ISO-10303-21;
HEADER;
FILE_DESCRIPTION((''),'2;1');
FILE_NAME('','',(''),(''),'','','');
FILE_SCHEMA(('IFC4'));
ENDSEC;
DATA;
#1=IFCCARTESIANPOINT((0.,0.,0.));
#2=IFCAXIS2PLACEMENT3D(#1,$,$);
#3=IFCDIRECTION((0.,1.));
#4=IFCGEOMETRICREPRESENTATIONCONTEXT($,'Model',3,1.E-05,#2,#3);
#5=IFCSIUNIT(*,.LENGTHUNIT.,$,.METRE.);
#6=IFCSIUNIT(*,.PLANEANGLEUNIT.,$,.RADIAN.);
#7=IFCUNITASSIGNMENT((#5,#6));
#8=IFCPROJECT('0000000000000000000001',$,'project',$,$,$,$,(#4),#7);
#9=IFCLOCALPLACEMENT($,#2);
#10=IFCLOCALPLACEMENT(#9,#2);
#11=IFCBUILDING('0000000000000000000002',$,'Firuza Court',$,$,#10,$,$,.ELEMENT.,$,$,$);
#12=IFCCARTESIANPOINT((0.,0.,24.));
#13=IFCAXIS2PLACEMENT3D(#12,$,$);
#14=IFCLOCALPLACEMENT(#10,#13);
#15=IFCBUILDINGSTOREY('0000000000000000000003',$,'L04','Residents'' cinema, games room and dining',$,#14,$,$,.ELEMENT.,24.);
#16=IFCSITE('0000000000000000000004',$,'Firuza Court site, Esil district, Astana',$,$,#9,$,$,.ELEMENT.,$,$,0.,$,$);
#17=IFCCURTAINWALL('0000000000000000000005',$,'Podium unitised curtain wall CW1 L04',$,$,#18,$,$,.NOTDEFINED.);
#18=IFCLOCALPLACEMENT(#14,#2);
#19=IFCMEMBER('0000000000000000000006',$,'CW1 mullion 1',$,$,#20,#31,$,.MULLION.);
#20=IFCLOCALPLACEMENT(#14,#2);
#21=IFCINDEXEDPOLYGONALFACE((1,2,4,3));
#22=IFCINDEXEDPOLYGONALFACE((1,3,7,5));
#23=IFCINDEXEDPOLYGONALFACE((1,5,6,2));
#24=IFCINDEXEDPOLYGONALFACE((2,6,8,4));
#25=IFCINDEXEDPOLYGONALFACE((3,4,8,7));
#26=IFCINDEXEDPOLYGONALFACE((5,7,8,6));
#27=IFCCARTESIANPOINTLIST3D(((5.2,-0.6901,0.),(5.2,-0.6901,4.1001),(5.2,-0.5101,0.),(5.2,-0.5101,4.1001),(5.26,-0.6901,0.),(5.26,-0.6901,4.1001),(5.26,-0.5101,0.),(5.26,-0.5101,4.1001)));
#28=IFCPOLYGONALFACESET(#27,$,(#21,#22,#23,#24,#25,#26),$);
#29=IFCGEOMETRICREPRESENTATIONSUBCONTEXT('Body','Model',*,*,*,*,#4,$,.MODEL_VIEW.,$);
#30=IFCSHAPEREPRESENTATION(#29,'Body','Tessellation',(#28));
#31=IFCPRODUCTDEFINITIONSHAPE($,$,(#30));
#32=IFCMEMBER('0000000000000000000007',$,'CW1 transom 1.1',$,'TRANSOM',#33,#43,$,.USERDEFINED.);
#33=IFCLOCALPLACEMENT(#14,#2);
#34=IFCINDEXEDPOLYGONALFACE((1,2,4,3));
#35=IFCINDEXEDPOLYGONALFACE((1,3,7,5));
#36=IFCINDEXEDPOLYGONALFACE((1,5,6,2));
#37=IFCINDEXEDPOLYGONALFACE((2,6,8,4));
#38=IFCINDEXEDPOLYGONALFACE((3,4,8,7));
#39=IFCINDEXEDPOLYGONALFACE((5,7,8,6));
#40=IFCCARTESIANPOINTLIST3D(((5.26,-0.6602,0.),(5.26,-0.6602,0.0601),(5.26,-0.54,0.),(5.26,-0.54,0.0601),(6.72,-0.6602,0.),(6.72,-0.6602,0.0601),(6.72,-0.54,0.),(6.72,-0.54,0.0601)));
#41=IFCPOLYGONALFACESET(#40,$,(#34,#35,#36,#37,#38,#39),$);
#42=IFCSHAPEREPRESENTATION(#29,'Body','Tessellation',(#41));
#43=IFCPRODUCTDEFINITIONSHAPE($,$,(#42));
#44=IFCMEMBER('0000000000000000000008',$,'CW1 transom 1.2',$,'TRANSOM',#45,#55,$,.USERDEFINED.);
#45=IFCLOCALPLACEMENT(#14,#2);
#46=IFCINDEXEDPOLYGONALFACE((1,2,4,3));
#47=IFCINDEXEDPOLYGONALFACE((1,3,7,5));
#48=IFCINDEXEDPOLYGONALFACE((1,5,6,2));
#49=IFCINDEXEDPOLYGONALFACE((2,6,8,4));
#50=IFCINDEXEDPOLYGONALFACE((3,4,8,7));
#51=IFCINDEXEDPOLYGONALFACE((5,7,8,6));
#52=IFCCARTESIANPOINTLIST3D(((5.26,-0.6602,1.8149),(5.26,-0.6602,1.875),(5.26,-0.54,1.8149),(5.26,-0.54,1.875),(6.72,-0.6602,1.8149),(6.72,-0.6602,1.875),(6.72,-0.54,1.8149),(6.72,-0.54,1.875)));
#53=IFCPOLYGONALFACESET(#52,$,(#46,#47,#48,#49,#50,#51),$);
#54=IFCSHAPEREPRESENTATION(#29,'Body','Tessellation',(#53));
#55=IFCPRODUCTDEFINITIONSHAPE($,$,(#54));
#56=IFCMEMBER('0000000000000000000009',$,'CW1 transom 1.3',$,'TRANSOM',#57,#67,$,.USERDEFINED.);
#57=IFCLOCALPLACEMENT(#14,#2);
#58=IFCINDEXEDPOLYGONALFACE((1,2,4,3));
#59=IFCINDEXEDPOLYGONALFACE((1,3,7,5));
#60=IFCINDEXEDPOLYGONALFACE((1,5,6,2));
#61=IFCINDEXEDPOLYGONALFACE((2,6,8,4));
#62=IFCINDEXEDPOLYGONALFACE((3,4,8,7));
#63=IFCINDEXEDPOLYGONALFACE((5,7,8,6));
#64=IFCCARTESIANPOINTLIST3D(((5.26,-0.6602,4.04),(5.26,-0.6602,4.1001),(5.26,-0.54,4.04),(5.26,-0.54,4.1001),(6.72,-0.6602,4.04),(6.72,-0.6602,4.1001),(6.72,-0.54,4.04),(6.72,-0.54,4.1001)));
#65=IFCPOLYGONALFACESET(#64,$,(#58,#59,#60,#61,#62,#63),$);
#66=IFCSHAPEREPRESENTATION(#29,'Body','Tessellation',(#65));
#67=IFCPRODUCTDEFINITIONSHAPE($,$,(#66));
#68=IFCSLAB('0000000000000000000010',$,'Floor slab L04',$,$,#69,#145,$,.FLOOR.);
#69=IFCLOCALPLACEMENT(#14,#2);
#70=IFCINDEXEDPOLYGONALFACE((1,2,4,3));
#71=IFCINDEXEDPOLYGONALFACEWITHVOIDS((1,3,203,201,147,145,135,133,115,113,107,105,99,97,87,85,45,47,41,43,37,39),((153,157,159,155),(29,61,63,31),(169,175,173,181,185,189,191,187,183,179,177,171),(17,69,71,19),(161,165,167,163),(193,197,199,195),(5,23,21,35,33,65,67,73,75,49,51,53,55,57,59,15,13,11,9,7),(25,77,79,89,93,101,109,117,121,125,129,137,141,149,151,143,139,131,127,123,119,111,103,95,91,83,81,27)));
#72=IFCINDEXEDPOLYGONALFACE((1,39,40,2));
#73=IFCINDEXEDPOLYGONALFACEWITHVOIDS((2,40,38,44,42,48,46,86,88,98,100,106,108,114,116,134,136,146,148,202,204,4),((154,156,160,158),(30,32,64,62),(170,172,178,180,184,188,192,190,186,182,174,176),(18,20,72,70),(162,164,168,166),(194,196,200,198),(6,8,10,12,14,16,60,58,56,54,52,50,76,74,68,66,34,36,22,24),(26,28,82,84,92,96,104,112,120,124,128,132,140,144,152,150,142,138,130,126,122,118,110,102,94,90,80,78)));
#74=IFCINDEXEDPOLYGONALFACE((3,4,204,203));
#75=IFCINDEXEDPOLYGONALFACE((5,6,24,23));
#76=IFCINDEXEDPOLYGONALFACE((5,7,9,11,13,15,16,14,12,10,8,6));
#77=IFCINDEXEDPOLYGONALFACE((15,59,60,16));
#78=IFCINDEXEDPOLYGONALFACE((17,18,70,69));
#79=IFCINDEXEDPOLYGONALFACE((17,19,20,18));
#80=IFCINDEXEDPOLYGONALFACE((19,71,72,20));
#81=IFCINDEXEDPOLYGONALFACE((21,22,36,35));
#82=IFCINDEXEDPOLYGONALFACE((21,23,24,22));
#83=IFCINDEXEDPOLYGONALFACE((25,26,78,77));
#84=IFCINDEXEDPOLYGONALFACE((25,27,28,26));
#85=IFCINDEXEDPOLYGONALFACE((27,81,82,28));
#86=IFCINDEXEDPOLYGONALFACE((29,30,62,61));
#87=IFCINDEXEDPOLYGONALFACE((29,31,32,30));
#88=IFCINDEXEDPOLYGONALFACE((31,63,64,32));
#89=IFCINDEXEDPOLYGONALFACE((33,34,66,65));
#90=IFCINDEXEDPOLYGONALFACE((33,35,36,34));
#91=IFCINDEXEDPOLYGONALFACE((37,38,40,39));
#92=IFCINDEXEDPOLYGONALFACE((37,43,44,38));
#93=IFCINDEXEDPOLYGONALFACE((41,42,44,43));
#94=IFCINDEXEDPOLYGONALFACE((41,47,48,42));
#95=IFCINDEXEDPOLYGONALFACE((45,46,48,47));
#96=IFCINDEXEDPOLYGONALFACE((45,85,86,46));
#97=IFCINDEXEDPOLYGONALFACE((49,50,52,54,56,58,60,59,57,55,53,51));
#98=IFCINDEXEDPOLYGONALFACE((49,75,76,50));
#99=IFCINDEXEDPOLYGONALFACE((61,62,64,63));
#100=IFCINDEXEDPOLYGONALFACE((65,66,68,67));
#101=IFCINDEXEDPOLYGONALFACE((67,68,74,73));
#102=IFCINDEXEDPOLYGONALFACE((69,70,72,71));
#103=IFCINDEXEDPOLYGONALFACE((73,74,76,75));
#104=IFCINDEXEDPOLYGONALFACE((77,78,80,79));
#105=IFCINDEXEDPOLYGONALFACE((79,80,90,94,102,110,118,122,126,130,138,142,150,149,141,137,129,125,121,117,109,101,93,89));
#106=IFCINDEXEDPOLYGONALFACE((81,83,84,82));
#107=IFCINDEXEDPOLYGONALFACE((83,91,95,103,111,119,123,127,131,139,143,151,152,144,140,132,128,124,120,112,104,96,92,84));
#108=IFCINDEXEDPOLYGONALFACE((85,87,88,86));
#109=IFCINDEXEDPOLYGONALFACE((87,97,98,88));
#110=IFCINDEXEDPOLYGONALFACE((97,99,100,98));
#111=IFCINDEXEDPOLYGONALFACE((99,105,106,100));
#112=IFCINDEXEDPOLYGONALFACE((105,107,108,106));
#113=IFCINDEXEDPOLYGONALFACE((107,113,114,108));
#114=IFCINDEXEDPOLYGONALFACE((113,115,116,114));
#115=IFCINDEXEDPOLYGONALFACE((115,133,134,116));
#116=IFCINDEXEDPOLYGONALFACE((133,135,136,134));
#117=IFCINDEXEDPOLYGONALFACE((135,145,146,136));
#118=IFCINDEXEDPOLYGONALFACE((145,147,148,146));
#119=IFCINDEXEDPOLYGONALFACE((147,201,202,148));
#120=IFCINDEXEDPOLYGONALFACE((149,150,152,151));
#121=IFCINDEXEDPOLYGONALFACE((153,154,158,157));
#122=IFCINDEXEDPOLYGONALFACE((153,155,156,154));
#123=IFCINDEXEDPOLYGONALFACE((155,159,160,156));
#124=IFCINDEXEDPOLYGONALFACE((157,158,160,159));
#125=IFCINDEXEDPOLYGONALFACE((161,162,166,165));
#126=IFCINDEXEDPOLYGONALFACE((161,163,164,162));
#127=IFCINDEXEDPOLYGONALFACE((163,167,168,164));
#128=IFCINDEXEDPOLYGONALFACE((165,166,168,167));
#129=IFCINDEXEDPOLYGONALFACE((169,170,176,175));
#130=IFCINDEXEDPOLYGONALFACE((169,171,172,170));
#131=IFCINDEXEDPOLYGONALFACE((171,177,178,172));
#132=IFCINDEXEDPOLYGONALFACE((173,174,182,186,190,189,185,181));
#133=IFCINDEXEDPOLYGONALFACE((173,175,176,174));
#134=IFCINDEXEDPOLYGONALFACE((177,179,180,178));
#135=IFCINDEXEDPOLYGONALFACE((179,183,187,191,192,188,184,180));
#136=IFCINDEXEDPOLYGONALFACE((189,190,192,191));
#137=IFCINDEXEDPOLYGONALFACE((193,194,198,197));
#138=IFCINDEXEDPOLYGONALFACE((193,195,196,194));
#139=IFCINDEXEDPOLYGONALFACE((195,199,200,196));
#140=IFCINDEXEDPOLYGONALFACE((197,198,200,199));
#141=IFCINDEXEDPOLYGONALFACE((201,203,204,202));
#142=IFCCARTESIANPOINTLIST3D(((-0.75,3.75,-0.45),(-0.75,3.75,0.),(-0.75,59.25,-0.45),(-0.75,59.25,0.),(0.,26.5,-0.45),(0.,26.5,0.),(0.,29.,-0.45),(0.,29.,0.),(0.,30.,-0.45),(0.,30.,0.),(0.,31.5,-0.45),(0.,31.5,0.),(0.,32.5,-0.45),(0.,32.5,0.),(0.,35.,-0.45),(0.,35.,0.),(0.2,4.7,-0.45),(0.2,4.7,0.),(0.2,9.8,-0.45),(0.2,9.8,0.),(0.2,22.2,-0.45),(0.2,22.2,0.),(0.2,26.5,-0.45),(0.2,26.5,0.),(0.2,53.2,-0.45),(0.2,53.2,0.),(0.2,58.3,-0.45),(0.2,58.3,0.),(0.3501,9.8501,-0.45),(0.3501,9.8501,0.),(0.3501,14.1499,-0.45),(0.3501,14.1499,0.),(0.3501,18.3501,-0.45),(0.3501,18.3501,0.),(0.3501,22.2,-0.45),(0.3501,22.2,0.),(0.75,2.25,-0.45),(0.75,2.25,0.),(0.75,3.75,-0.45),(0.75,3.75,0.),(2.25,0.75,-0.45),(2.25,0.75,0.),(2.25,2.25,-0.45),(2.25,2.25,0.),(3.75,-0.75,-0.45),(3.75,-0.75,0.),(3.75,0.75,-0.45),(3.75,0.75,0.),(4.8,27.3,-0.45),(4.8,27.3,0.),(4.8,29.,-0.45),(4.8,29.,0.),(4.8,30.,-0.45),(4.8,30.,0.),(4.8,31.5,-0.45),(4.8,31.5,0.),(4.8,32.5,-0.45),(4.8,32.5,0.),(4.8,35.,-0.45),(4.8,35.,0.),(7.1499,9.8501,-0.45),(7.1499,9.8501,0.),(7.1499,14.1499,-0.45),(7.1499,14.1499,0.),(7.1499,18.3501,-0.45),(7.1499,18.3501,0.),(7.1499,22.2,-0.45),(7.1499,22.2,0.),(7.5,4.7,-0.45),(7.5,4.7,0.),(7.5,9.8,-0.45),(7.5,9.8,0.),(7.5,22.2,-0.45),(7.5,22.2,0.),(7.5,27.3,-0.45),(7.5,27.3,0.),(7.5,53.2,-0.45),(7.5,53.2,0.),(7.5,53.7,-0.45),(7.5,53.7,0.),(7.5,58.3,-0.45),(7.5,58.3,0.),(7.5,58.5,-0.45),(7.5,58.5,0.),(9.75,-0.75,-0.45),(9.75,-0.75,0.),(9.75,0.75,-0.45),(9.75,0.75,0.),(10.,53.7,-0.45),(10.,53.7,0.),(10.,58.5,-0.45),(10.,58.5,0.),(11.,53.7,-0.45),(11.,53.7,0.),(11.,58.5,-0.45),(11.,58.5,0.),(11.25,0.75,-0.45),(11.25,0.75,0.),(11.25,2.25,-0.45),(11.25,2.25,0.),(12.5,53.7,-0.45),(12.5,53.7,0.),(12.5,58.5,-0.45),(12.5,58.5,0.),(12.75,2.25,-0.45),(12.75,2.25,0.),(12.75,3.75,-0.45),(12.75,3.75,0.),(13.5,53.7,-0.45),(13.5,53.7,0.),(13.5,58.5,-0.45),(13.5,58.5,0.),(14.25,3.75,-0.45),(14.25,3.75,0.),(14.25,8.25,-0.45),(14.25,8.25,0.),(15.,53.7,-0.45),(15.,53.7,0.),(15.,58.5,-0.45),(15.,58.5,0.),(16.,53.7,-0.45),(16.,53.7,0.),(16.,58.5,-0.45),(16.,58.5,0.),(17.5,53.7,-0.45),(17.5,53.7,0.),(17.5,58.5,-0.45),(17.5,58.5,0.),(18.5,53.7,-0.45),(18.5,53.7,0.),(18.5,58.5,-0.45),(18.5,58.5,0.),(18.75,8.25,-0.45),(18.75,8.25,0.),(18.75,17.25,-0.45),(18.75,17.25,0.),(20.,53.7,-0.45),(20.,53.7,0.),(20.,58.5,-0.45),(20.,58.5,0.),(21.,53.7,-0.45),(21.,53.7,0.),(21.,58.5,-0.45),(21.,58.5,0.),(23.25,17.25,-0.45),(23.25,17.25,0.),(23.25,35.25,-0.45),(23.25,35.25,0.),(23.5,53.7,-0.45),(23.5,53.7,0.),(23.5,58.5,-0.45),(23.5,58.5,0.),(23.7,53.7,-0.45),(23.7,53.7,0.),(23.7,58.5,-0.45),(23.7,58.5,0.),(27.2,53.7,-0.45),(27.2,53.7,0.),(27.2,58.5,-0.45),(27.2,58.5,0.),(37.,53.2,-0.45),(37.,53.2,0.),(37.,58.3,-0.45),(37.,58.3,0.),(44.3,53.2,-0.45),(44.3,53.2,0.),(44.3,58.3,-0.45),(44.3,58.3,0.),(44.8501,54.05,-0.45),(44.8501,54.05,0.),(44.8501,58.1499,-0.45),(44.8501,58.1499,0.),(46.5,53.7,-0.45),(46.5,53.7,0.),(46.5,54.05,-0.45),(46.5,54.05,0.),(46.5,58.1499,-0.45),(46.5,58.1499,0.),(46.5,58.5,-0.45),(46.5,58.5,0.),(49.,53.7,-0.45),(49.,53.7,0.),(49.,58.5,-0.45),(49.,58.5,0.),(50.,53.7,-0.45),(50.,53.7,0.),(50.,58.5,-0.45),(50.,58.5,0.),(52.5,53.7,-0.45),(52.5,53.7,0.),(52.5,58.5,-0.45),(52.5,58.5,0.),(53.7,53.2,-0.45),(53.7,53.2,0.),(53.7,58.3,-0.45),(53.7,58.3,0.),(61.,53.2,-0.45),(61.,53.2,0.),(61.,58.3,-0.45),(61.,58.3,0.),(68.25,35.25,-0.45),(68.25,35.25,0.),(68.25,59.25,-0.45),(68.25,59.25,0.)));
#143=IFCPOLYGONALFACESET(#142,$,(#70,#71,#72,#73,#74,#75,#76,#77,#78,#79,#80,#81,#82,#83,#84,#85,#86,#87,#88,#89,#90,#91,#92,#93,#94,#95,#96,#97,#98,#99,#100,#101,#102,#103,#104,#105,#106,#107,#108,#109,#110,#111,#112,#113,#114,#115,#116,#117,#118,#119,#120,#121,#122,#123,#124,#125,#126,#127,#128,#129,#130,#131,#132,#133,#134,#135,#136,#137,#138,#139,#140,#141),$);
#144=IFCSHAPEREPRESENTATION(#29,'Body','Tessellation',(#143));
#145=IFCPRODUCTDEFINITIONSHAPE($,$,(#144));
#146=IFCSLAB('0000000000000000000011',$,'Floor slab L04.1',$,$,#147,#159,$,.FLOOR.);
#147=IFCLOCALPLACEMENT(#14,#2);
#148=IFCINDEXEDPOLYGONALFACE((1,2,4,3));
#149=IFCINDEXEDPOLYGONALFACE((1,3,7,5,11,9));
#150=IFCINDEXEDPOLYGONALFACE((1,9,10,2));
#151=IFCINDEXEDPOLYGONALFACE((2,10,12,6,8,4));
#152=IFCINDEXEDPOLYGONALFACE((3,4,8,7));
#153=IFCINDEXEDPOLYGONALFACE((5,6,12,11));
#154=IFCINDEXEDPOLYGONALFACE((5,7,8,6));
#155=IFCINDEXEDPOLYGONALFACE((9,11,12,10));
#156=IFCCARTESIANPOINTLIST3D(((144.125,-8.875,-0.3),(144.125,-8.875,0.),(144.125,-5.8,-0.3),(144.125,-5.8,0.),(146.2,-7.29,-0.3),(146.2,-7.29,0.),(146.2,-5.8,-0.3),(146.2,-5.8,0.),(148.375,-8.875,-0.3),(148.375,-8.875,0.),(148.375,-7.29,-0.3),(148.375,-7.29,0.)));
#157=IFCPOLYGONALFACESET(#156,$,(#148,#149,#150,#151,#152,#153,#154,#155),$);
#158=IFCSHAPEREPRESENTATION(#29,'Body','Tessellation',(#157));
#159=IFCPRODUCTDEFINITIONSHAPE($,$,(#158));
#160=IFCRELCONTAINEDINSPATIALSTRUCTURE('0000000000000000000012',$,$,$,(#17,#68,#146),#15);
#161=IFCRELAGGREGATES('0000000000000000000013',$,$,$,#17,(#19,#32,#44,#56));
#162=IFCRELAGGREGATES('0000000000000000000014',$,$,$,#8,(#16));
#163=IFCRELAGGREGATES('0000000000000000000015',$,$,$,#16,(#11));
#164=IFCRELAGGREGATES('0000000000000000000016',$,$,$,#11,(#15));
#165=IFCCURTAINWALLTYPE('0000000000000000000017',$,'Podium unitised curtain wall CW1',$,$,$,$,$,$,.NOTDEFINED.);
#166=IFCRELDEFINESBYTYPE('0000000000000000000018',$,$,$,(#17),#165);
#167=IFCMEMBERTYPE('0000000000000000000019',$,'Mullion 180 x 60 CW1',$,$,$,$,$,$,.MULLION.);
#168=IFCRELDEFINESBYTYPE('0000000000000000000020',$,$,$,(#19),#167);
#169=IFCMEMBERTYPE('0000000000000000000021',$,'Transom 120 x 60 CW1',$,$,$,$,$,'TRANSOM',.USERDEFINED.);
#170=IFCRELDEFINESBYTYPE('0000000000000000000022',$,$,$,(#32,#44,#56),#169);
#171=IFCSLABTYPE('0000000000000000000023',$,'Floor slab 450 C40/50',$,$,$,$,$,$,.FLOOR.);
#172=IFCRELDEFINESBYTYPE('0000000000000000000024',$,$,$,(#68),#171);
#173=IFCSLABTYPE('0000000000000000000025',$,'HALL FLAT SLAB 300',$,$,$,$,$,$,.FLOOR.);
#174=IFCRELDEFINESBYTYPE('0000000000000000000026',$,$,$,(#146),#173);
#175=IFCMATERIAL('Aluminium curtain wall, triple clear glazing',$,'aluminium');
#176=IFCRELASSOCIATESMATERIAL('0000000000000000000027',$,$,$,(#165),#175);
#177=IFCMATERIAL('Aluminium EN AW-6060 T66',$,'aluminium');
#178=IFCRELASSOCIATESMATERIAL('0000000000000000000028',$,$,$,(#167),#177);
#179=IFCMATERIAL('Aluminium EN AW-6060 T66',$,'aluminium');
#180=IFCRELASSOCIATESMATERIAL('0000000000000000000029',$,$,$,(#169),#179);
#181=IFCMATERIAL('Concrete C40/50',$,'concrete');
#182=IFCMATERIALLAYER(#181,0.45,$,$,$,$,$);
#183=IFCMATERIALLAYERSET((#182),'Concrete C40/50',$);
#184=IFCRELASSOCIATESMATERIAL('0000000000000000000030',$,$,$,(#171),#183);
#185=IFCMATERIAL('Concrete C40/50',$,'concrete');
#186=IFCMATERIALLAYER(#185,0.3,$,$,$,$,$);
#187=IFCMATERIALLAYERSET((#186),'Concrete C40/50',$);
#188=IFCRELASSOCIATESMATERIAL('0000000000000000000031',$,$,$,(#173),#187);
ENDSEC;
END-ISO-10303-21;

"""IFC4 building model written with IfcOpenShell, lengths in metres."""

from ifc_helpers import new_model, si_unit, direction, frame, origin, origin_2d, place, context, subcontext, project, spatial, polyline, rectangle, outline, extrude, material, layer, layer_set, material_profile, profile_set, type_object, element, aggregate, save


model = new_model("IFC4")

# Units and contexts
model_context = context("Model", 3, precision=1e-05, world=origin(), true_north=direction((0.0, 1.0)))
body_context = subcontext(model_context, "Body", "Model", "MODEL_VIEW")
ifc_project = project(units=[si_unit("LENGTHUNIT", "METRE"), si_unit("PLANEANGLEUNIT", "RADIAN")], contexts=[model_context])

# Site, building, storey
site_placement = place(None, origin())
site = spatial("IfcSite", under=ifc_project, at=site_placement, Name="Firuza Court site, Esil district, Astana", CompositionType="ELEMENT", RefElevation=0.0)
building_placement = place(site_placement, origin())
building = spatial("IfcBuilding", under=site, at=building_placement, Name="Firuza Court", CompositionType="ELEMENT")
storey_placement = place(building_placement, frame((0.0, 0.0, 24.0)))
storey = spatial("IfcBuildingStorey", under=building, at=storey_placement, Name="L04", Description="Residents' cinema, games room and dining", CompositionType="ELEMENT", Elevation=24.0)

# Curtain wall, members
ifc_material_1 = material(Name="Aluminium curtain wall, triple clear glazing", Category="aluminium")
curtain_wall_type = type_object("IfcCurtainWallType", Name="Podium unitised curtain wall CW1", PredefinedType="NOTDEFINED", material=ifc_material_1)
curtain_wall_placement = place(storey_placement, origin())
curtain_wall = element("IfcCurtainWall", 1, at=curtain_wall_placement, inside=storey, type_object=curtain_wall_type, Name="Podium unitised curtain wall CW1 L04", PredefinedType="NOTDEFINED")
ifc_material_2 = material(Name="Aluminium EN AW-6060 T66", Category="aluminium")
ifc_material_profile_1 = material_profile(ifc_material_2, rectangle(XDim=0.1799, YDim=0.0601, at=origin_2d()), Name="Mullion 180 x 60 CW1")
ifc_profile_set_1 = profile_set([ifc_material_profile_1], Name="Aluminium EN AW-6060 T66")
member_type_1 = type_object("IfcMemberType", Name="Mullion 180 x 60 CW1", PredefinedType="MULLION", material=ifc_profile_set_1)
member_1_placement = place(storey_placement, frame((5.23, -0.6001, 0.0), z_axis=(0.0, 0.0, 1.0), x_axis=(0.0, 1.0, 0.0)))
member_1 = element("IfcMember", 2, at=member_1_placement, type_object=member_type_1, Name="CW1 mullion 1", PredefinedType="MULLION", context=body_context, shape_type="SweptSolid", body=[
    extrude(rectangle(XDim=0.1799, YDim=0.0601, at=origin_2d()), origin(), (0.0, 0.0, 1.0), 4.1001),
])
ifc_material_3 = material(Name="Aluminium EN AW-6060 T66", Category="aluminium")
ifc_material_profile_2 = material_profile(ifc_material_3, rectangle(XDim=0.1201, YDim=0.0601, at=origin_2d()), Name="Transom 120 x 60 CW1")
ifc_profile_set_2 = profile_set([ifc_material_profile_2], Name="Aluminium EN AW-6060 T66")
member_type_2 = type_object("IfcMemberType", Name="Transom 120 x 60 CW1", ElementType="TRANSOM", PredefinedType="USERDEFINED", material=ifc_profile_set_2)
member_2_placement = place(storey_placement, frame((5.26, -0.6001, 0.03), z_axis=(1.0, 0.0, 0.0), x_axis=(0.0, 1.0, 0.0)))
member_2 = element("IfcMember", 3, at=member_2_placement, type_object=member_type_2, Name="CW1 transom 1.1", ObjectType="TRANSOM", PredefinedType="USERDEFINED", context=body_context, shape_type="SweptSolid", body=[
    extrude(rectangle(XDim=0.1201, YDim=0.0601, at=origin_2d()), origin(), (0.0, 0.0, 1.0), 1.46),
])
member_3_placement = place(storey_placement, frame((5.26, -0.6001, 1.845), z_axis=(1.0, 0.0, 0.0), x_axis=(0.0, 1.0, 0.0)))
member_3 = element("IfcMember", 4, at=member_3_placement, type_object=member_type_2, Name="CW1 transom 1.2", ObjectType="TRANSOM", PredefinedType="USERDEFINED", context=body_context, shape_type="SweptSolid", body=[
    extrude(rectangle(XDim=0.1201, YDim=0.0601, at=origin_2d()), origin(), (0.0, 0.0, 1.0), 1.46),
])
member_4_placement = place(storey_placement, frame((5.26, -0.6001, 4.0701), z_axis=(1.0, 0.0, 0.0), x_axis=(0.0, 1.0, 0.0)))
member_4 = element("IfcMember", 5, at=member_4_placement, type_object=member_type_2, Name="CW1 transom 1.3", ObjectType="TRANSOM", PredefinedType="USERDEFINED", context=body_context, shape_type="SweptSolid", body=[
    extrude(rectangle(XDim=0.1201, YDim=0.0601, at=origin_2d()), origin(), (0.0, 0.0, 1.0), 1.46),
])
aggregate(curtain_wall, [member_1, member_2, member_3, member_4])

# Slabs
ifc_material_4 = material(Name="Concrete C40/50", Category="concrete")
ifc_layer_1 = layer(ifc_material_4, 0.45)
ifc_layer_set_1 = layer_set([ifc_layer_1], Name="Concrete C40/50")
slab_type_1 = type_object("IfcSlabType", Name="Floor slab 450 C40/50", PredefinedType="FLOOR", material=ifc_layer_set_1)
slab_1_placement = place(storey_placement, frame((0.0, 0.0, -0.45)))
element("IfcSlab", 6, at=slab_1_placement, inside=storey, type_object=slab_type_1, Name="Floor slab L04", PredefinedType="FLOOR", context=body_context, shape_type="SweptSolid", body=[
    extrude(outline(polyline([(3.75, -0.75), (3.75, 0.75), (2.25, 0.75), (2.25, 2.25), (0.75, 2.25), (0.75, 3.75), (-0.75, 3.75), (-0.75, 59.25), (68.25, 59.25), (68.25, 35.25), (23.25, 35.25), (23.25, 17.25), (18.75, 17.25), (18.75, 8.25), (14.25, 8.25), (14.25, 3.75), (12.75, 3.75), (12.75, 2.25), (11.25, 2.25), (11.25, 0.75), (9.75, 0.75), (9.75, -0.75), (3.75, -0.75)]), holes=[polyline([(7.5, 9.8), (0.2, 9.8), (0.2, 4.7), (7.5, 4.7), (7.5, 9.8)]), polyline([(7.1499, 14.1499), (0.3501, 14.1499), (0.3501, 9.8501), (7.1499, 9.8501), (7.1499, 14.1499)]), polyline([(0.2, 22.2), (0.3501, 22.2), (0.3501, 18.3501), (7.1499, 18.3501), (7.1499, 22.2), (7.5, 22.2), (7.5, 27.3), (4.8, 27.3), (4.8, 29.0), (4.8, 30.0), (4.8, 31.5), (4.8, 32.5), (4.8, 35.0), (0.0, 35.0), (0.0, 32.5), (0.0, 31.5), (0.0, 30.0), (0.0, 29.0), (0.0, 26.5), (0.2, 26.5), (0.2, 22.2)]), polyline([(7.5, 58.3), (0.2, 58.3), (0.2, 53.2), (7.5, 53.2), (7.5, 53.7), (10.0, 53.7), (11.0, 53.7), (12.5, 53.7), (13.5, 53.7), (15.0, 53.7), (16.0, 53.7), (17.5, 53.7), (18.5, 53.7), (20.0, 53.7), (21.0, 53.7), (23.5, 53.7), (23.5, 58.5), (21.0, 58.5), (20.0, 58.5), (18.5, 58.5), (17.5, 58.5), (16.0, 58.5), (15.0, 58.5), (13.5, 58.5), (12.5, 58.5), (11.0, 58.5), (10.0, 58.5), (7.5, 58.5), (7.5, 58.3)]), polyline([(44.3, 58.3), (37.0, 58.3), (37.0, 53.2), (44.3, 53.2), (44.3, 58.3)]), polyline([(61.0, 58.3), (53.7, 58.3), (53.7, 53.2), (61.0, 53.2), (61.0, 58.3)]), polyline([(27.2, 58.5), (23.7, 58.5), (23.7, 53.7), (27.2, 53.7), (27.2, 58.5)]), polyline([(46.5, 58.1499), (44.8501, 58.1499), (44.8501, 54.05), (46.5, 54.05), (46.5, 53.7), (49.0, 53.7), (50.0, 53.7), (52.5, 53.7), (52.5, 58.5), (50.0, 58.5), (49.0, 58.5), (46.5, 58.5), (46.5, 58.1499)])]), origin(), (0.0, 0.0, 1.0), 0.45),
])
ifc_material_5 = material(Name="Concrete C40/50", Category="concrete")
ifc_layer_2 = layer(ifc_material_5, 0.3)
ifc_layer_set_2 = layer_set([ifc_layer_2], Name="Concrete C40/50")
slab_type_2 = type_object("IfcSlabType", Name="HALL FLAT SLAB 300", PredefinedType="FLOOR", material=ifc_layer_set_2)
slab_2_placement = place(storey_placement, frame((0.0, 0.0, -0.3)))
element("IfcSlab", 7, at=slab_2_placement, inside=storey, type_object=slab_type_2, Name="Floor slab L04.1", PredefinedType="FLOOR", context=body_context, shape_type="SweptSolid", body=[
    extrude(outline(polyline([(144.125, -8.875), (144.125, -5.8), (146.2, -5.8), (146.2, -7.29), (148.375, -7.29), (148.375, -8.875), (144.125, -8.875)])), origin(), (0.0, 0.0, 1.0), 0.3),
])

save(model, "model.ifc")
